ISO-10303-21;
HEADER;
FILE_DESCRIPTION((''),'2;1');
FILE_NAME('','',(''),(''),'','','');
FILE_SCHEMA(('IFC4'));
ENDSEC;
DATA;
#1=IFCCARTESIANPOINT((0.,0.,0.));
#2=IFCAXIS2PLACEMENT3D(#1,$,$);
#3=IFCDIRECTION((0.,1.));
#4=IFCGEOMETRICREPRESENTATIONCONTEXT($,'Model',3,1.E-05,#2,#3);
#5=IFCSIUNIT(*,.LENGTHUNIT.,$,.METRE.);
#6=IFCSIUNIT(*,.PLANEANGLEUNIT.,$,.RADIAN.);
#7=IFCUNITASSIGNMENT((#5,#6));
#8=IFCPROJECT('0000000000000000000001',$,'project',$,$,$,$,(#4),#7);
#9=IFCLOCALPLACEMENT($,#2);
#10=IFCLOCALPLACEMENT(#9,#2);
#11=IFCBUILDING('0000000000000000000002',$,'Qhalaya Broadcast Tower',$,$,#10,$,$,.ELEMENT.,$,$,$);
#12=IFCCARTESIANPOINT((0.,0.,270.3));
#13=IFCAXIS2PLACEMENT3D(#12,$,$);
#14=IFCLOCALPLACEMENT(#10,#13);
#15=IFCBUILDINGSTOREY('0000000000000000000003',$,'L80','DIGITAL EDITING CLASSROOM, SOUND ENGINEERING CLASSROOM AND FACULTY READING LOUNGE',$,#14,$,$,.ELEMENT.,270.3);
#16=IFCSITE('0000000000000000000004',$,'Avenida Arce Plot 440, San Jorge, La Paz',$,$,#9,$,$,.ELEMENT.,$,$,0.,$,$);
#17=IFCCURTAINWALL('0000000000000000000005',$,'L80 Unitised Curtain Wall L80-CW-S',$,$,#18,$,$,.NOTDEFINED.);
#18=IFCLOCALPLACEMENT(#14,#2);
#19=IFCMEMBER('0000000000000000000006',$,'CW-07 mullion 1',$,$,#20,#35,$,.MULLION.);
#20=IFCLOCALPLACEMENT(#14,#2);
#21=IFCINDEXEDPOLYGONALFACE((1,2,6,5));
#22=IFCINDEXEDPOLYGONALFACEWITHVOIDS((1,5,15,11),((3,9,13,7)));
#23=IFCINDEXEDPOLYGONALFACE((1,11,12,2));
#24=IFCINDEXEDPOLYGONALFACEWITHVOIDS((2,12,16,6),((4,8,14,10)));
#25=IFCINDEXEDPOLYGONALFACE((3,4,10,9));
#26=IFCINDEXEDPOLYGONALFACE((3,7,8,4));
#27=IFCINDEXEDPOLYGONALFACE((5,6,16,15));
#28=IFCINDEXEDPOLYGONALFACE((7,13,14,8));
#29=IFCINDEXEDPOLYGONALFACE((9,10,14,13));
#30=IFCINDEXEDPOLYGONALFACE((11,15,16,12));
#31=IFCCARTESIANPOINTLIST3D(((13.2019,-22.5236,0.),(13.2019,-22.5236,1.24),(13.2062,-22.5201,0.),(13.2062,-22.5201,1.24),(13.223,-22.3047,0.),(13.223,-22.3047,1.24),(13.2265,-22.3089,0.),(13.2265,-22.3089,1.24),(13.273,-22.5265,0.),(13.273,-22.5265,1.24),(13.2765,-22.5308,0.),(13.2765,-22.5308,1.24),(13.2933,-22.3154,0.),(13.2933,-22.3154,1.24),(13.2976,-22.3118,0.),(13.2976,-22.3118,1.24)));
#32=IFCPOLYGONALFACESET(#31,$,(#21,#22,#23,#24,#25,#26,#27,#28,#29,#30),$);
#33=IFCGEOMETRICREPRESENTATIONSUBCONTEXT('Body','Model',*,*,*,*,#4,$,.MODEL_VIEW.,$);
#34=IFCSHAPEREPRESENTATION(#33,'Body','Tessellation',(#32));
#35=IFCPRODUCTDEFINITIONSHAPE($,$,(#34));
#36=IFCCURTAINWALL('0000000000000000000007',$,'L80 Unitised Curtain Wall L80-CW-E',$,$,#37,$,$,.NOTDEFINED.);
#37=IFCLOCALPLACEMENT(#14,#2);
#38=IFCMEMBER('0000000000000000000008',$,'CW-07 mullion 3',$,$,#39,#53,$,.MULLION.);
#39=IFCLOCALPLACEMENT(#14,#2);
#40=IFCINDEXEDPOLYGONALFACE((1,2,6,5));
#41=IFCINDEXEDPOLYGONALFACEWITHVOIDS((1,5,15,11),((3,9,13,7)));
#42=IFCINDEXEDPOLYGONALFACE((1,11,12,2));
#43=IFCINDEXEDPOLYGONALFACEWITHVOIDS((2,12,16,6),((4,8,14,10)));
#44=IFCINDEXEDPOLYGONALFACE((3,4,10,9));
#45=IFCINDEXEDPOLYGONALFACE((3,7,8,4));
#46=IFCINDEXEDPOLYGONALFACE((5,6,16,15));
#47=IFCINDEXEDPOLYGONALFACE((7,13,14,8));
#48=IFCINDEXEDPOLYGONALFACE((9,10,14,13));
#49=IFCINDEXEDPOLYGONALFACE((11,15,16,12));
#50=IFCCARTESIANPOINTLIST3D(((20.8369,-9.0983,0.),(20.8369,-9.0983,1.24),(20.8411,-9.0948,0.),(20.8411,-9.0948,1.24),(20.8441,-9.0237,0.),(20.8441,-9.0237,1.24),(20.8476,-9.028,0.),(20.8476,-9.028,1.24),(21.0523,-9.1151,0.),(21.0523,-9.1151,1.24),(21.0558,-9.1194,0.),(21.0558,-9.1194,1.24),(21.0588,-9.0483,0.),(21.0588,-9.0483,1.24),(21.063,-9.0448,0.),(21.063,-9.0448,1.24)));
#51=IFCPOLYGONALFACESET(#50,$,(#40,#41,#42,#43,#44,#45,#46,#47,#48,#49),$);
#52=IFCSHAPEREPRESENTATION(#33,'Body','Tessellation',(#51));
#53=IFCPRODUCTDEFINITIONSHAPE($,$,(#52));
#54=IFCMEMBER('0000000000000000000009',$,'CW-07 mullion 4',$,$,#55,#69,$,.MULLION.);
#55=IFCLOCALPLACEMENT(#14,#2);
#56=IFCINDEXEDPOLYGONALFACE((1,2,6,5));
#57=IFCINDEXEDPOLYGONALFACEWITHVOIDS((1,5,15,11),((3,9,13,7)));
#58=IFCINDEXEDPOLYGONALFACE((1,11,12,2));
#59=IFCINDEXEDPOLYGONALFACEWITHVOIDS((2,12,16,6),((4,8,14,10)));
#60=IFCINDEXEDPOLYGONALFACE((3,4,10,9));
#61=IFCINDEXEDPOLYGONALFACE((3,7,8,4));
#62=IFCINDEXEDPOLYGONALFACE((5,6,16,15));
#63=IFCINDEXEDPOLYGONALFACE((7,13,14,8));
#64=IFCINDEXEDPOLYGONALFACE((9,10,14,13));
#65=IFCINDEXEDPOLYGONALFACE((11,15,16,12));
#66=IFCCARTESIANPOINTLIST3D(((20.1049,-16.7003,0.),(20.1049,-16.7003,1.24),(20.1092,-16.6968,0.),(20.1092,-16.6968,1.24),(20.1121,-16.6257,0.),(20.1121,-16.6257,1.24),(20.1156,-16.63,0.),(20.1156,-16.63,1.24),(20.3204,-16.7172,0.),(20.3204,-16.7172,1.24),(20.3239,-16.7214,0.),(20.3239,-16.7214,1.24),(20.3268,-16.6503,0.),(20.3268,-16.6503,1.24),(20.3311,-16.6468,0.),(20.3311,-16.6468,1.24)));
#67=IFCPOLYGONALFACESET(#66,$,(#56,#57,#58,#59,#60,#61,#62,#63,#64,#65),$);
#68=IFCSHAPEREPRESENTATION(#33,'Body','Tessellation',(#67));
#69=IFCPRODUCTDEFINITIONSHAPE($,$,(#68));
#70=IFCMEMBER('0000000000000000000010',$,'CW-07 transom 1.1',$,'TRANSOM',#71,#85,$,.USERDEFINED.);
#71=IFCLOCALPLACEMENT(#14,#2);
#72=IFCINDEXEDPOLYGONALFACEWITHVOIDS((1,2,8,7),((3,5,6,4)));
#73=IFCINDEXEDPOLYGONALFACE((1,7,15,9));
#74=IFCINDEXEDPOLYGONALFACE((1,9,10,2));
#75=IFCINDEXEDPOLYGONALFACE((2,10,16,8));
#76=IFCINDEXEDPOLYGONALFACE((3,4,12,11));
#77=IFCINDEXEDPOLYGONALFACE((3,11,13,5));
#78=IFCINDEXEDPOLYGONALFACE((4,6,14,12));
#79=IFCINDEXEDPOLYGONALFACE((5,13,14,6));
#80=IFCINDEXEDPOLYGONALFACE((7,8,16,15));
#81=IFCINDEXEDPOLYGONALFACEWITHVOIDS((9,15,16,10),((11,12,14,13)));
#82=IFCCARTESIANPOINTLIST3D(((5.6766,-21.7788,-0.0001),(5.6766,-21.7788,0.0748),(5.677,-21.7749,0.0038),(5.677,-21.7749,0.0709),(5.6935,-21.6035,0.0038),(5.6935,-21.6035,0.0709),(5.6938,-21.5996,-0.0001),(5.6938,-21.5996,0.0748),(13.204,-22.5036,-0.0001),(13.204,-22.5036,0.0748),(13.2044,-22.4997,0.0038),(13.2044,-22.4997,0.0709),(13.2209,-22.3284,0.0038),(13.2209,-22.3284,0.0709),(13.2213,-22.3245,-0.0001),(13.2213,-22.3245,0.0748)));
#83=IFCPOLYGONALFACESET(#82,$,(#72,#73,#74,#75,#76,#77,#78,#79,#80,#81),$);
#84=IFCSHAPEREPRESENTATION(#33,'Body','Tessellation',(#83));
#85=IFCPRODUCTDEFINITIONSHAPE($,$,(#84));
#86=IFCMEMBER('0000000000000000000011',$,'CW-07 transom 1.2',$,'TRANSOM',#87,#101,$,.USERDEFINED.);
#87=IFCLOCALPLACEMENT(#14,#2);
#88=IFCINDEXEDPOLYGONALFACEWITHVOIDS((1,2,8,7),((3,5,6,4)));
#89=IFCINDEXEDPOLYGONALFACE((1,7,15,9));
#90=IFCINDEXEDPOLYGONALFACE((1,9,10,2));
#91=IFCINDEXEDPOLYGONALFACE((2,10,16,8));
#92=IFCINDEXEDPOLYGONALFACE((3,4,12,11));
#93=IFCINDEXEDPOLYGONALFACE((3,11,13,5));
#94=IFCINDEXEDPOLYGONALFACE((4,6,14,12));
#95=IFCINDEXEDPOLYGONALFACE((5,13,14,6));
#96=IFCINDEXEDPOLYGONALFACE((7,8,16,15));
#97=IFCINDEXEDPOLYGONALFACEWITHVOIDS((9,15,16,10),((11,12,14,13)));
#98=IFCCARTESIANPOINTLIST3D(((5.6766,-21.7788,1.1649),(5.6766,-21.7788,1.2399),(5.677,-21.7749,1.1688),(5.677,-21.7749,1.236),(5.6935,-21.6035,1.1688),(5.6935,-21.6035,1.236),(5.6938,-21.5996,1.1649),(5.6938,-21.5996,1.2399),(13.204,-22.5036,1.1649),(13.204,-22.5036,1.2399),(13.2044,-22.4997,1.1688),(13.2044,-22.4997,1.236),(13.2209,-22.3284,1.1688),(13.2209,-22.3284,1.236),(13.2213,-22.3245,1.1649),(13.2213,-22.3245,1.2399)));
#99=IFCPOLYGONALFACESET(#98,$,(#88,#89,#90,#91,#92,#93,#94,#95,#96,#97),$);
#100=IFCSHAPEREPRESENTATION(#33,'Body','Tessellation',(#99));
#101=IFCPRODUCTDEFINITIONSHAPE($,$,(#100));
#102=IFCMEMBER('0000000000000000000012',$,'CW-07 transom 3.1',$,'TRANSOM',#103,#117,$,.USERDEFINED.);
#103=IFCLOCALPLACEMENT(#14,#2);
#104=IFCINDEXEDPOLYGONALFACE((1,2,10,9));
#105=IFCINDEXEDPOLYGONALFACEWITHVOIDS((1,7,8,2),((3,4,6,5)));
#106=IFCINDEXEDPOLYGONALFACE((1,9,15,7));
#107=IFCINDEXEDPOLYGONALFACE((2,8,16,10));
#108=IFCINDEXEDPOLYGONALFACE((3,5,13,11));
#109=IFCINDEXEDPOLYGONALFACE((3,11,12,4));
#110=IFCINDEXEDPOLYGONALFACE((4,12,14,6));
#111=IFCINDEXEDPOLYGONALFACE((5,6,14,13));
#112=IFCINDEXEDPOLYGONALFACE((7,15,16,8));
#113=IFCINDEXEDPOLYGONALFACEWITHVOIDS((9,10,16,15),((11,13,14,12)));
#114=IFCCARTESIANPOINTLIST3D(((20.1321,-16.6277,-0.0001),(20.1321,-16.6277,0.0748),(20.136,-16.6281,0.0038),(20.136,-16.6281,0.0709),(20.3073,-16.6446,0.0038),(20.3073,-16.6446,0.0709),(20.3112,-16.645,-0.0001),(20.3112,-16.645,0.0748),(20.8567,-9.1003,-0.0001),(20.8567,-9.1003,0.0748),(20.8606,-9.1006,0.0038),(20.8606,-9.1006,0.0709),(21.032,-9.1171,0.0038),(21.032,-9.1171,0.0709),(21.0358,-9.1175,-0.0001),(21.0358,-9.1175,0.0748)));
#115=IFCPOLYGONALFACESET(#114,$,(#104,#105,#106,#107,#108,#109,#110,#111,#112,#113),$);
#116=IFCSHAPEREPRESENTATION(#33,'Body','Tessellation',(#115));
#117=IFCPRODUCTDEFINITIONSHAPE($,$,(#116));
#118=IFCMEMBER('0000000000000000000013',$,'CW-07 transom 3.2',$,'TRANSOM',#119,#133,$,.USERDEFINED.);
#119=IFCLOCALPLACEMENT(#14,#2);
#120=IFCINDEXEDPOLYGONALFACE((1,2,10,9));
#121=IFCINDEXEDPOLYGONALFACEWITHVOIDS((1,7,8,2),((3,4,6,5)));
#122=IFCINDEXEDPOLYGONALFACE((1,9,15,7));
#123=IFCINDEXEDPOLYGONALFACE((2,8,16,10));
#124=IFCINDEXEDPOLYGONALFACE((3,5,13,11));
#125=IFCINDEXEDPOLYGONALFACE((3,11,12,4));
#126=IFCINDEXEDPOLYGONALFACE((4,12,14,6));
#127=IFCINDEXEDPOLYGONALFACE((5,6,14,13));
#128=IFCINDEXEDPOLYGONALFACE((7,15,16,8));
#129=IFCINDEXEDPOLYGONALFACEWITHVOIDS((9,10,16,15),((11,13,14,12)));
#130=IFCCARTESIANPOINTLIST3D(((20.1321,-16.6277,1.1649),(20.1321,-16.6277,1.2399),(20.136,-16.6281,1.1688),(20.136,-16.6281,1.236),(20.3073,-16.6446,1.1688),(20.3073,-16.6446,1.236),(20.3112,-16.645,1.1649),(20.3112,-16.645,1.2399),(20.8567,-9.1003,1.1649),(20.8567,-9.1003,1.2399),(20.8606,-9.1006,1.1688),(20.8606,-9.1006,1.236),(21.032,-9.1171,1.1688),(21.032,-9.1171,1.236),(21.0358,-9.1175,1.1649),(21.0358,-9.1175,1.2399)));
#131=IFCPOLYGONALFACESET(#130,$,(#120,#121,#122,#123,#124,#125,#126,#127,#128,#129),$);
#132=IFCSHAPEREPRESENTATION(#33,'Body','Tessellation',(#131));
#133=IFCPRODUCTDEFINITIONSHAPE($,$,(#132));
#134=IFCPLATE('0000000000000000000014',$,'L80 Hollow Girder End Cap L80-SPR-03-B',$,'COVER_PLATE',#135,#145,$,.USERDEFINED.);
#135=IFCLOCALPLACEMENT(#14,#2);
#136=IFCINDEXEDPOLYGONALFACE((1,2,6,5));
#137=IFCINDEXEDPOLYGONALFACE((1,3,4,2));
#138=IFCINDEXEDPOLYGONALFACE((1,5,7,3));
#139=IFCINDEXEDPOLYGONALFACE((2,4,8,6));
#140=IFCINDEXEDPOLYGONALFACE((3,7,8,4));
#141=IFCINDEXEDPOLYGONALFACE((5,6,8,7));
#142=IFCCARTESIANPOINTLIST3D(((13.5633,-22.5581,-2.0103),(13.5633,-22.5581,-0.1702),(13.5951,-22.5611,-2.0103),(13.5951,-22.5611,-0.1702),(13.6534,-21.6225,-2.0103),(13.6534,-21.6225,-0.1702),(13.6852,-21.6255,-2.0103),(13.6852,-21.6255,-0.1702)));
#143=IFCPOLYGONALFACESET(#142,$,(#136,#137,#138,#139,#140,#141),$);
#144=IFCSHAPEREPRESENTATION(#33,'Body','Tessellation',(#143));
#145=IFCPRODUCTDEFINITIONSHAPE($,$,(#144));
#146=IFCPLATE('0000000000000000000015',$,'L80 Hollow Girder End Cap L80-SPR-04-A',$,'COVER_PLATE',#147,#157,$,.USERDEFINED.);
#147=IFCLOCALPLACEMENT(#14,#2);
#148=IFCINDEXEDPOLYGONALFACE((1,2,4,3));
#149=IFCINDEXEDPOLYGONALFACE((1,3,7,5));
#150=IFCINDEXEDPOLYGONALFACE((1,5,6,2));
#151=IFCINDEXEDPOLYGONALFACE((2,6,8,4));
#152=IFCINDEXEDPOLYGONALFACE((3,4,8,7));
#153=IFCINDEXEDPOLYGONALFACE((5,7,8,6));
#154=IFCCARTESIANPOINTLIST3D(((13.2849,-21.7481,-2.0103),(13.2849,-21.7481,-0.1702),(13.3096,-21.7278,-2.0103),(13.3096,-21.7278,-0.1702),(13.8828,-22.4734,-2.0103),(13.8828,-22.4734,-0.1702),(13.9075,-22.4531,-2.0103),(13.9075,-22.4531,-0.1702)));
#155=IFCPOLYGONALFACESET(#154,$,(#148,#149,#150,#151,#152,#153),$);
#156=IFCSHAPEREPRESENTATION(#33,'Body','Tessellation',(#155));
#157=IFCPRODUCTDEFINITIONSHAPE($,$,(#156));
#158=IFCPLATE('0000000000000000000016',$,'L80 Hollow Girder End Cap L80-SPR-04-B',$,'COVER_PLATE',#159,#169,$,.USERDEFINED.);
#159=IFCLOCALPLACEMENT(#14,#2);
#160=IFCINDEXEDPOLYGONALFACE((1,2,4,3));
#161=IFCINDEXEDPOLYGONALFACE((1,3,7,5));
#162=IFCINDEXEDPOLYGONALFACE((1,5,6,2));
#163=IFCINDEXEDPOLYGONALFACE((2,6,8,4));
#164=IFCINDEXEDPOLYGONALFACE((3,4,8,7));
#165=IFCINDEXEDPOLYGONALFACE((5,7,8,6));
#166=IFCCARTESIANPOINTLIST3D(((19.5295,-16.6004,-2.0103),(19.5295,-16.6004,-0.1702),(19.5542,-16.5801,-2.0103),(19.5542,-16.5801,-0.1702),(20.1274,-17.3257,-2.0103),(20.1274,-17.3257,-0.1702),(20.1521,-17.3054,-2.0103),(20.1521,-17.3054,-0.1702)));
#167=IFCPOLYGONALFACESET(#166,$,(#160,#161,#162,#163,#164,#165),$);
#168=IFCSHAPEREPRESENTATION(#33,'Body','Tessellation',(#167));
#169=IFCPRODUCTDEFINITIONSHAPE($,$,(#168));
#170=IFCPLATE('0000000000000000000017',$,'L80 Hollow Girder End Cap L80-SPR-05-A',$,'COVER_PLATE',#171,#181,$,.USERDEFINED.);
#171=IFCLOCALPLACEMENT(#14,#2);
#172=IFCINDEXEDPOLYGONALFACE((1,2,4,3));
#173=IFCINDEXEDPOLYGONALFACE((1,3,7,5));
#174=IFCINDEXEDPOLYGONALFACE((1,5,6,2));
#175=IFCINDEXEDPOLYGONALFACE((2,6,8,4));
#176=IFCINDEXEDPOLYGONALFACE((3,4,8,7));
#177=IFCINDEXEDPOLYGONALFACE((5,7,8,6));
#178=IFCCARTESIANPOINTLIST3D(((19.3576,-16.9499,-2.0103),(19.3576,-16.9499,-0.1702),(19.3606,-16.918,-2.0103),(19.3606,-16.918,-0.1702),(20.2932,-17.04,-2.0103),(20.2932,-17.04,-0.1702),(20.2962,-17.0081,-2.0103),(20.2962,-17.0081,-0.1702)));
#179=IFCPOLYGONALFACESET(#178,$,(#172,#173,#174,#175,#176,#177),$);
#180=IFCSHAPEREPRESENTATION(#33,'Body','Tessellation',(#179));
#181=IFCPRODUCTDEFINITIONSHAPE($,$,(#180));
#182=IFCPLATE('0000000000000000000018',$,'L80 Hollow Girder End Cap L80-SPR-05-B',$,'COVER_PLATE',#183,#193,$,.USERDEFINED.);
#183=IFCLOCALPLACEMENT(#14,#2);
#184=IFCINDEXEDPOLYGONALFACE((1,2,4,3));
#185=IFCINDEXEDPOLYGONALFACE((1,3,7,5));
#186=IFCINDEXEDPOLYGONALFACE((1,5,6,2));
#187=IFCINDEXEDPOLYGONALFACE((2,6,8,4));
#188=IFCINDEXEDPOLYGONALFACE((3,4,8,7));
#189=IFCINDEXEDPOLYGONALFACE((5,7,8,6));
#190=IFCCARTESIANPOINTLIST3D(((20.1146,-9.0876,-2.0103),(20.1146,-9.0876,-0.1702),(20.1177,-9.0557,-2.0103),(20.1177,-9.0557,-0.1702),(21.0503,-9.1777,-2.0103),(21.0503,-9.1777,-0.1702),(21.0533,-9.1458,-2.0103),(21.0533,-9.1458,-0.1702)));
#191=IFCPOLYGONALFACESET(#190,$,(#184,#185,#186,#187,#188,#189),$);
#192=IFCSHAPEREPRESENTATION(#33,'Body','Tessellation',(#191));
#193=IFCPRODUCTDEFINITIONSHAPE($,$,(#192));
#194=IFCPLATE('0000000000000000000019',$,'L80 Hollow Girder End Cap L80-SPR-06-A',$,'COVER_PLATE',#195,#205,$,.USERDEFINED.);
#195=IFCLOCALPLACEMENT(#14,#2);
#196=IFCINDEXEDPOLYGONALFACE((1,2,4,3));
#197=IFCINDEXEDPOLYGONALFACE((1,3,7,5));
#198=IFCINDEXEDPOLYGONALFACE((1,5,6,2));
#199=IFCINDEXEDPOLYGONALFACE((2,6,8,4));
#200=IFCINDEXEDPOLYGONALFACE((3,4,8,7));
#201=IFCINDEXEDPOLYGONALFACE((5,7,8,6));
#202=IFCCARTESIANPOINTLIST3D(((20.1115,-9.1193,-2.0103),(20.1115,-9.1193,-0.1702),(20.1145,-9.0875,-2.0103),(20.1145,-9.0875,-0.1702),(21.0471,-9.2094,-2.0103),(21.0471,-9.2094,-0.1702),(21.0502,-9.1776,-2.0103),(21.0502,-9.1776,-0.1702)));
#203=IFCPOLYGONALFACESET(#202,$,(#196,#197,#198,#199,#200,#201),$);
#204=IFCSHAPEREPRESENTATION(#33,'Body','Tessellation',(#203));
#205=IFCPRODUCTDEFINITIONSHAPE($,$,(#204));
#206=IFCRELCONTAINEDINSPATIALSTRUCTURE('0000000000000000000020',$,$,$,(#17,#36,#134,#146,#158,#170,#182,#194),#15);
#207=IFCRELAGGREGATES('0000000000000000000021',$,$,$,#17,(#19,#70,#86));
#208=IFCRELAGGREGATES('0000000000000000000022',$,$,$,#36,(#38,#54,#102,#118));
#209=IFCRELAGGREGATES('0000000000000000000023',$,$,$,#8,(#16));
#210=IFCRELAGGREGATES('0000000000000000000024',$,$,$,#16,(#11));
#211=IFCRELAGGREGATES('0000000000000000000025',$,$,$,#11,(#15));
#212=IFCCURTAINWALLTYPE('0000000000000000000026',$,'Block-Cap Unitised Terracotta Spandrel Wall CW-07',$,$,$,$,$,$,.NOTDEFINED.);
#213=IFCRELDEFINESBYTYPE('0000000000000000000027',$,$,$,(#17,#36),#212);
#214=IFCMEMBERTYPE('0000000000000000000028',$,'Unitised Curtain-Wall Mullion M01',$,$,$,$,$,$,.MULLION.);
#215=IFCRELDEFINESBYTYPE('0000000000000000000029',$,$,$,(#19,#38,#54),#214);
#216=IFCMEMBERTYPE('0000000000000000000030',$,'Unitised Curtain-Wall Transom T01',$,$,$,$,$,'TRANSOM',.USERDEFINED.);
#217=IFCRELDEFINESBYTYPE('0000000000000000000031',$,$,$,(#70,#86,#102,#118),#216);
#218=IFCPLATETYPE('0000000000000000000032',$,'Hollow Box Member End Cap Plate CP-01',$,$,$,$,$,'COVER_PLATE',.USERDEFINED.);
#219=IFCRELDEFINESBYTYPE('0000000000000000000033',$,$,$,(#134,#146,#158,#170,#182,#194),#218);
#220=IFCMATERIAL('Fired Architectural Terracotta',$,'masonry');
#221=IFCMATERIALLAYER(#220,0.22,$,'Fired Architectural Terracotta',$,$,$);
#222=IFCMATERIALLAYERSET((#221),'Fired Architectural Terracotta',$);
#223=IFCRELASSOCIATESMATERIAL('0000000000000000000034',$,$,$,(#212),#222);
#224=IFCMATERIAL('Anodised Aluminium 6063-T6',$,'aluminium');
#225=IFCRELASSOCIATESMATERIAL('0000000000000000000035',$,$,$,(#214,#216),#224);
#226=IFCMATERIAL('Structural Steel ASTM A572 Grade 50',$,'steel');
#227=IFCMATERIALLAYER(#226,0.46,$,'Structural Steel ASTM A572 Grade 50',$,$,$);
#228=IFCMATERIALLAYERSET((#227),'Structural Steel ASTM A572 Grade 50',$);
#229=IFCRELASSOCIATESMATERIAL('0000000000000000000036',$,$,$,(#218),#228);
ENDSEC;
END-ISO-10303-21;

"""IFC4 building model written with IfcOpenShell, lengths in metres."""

from ifc_helpers import new_model, si_unit, direction, frame, origin, origin_2d, place, context, subcontext, project, spatial, rectangle, hollow_rectangle, extrude, material, layer, layer_set, material_profile, profile_set, type_object, element, aggregate, save


model = new_model("IFC4")

# Units and contexts
model_context = context("Model", 3, precision=1e-05, world=origin(), true_north=direction((0.0, 1.0)))
body_context = subcontext(model_context, "Body", "Model", "MODEL_VIEW")
ifc_project = project(units=[si_unit("LENGTHUNIT", "METRE"), si_unit("PLANEANGLEUNIT", "RADIAN")], contexts=[model_context])

# Site, building, storey
site_placement = place(None, origin())
site = spatial("IfcSite", under=ifc_project, at=site_placement, Name="Avenida Arce Plot 440, San Jorge, La Paz", CompositionType="ELEMENT", RefElevation=0.0)
building_placement = place(site_placement, origin())
building = spatial("IfcBuilding", under=site, at=building_placement, Name="Qhalaya Broadcast Tower", CompositionType="ELEMENT")
storey_placement = place(building_placement, frame((0.0, 0.0, 270.3)))
storey = spatial("IfcBuildingStorey", under=building, at=storey_placement, Name="L80", Description="DIGITAL EDITING CLASSROOM, SOUND ENGINEERING CLASSROOM AND FACULTY READING LOUNGE", CompositionType="ELEMENT", Elevation=270.3)

# Shared definitions
ifc_material_1 = material(Name="Structural Steel ASTM A572 Grade 50", Category="steel")

# Curtain wall, member
ifc_material_2 = material(Name="Fired Architectural Terracotta", Category="masonry")
ifc_layer_1 = layer(ifc_material_2, 0.22, Name="Fired Architectural Terracotta")
ifc_layer_set_1 = layer_set([ifc_layer_1], Name="Fired Architectural Terracotta")
curtain_wall_type = type_object("IfcCurtainWallType", Name="Block-Cap Unitised Terracotta Spandrel Wall CW-07", PredefinedType="NOTDEFINED", material=ifc_layer_set_1)
curtain_wall_1_placement = place(storey_placement, origin())
curtain_wall_1 = element("IfcCurtainWall", 1, at=curtain_wall_1_placement, inside=storey, type_object=curtain_wall_type, Name="L80 Unitised Curtain Wall L80-CW-S", PredefinedType="NOTDEFINED")
ifc_material_3 = material(Name="Anodised Aluminium 6063-T6", Category="aluminium")
ifc_material_profile_1 = material_profile(ifc_material_3, hollow_rectangle(XDim=0.075, YDim=0.22, WallThickness=0.0039, at=origin_2d()), Name="ALU-MUL 75x220x4")
ifc_profile_set_1 = profile_set([ifc_material_profile_1], Name="Anodised Aluminium 6063-T6")
member_type_1 = type_object("IfcMemberType", Name="Unitised Curtain-Wall Mullion M01", PredefinedType="MULLION", material=ifc_profile_set_1)
member_1_placement = place(storey_placement, frame((13.2498, -22.4177, 0.0), z_axis=(0.0, 0.0, 1.0), x_axis=(-0.995396, 0.095848, 0.0)))
member_1 = element("IfcMember", 2, at=member_1_placement, type_object=member_type_1, Name="CW-07 mullion 1", PredefinedType="MULLION", context=body_context, shape_type="SweptSolid", body=[
    extrude(hollow_rectangle(XDim=0.075, YDim=0.22, WallThickness=0.0039, at=origin_2d()), origin(), (0.0, 0.0, 1.0), 1.24),
])

# Curtain wall, members
curtain_wall_2_placement = place(storey_placement, origin())
curtain_wall_2 = element("IfcCurtainWall", 3, at=curtain_wall_2_placement, inside=storey, type_object=curtain_wall_type, Name="L80 Unitised Curtain Wall L80-CW-E", PredefinedType="NOTDEFINED")
member_2_placement = place(storey_placement, frame((20.95, -9.0715, 0.0), z_axis=(0.0, 0.0, 1.0), x_axis=(-0.095848, -0.995396, 0.0)))
member_2 = element("IfcMember", 4, at=member_2_placement, type_object=member_type_1, Name="CW-07 mullion 3", PredefinedType="MULLION", context=body_context, shape_type="SweptSolid", body=[
    extrude(hollow_rectangle(XDim=0.075, YDim=0.22, WallThickness=0.0039, at=origin_2d()), origin(), (0.0, 0.0, 1.0), 1.24),
])
member_3_placement = place(storey_placement, frame((20.218, -16.6736, 0.0), z_axis=(0.0, 0.0, 1.0), x_axis=(-0.095848, -0.995396, 0.0)))
member_3 = element("IfcMember", 5, at=member_3_placement, type_object=member_type_1, Name="CW-07 mullion 4", PredefinedType="MULLION", context=body_context, shape_type="SweptSolid", body=[
    extrude(hollow_rectangle(XDim=0.075, YDim=0.22, WallThickness=0.0039, at=origin_2d()), origin(), (0.0, 0.0, 1.0), 1.24),
])

# Members
ifc_material_profile_2 = material_profile(ifc_material_3, hollow_rectangle(XDim=0.075, YDim=0.1799, WallThickness=0.0039, at=origin_2d()), Name="ALU-TRN 75x180x4")
ifc_profile_set_2 = profile_set([ifc_material_profile_2], Name="Anodised Aluminium 6063-T6")
member_type_2 = type_object("IfcMemberType", Name="Unitised Curtain-Wall Transom T01", ElementType="TRANSOM", PredefinedType="USERDEFINED", material=ifc_profile_set_2)
member_4_placement = place(storey_placement, frame((13.2126, -22.4141, 0.0374), z_axis=(-0.995396, 0.095853, 0.0), x_axis=(0.0, 0.0, 1.0)))
member_4 = element("IfcMember", 6, at=member_4_placement, type_object=member_type_2, Name="CW-07 transom 1.1", ObjectType="TRANSOM", PredefinedType="USERDEFINED", context=body_context, shape_type="SweptSolid", body=[
    extrude(hollow_rectangle(XDim=0.075, YDim=0.1799, WallThickness=0.0039, at=origin_2d()), origin(), (0.0, 0.0, 1.0), 7.5623),
])
member_5_placement = place(storey_placement, frame((13.2126, -22.4141, 1.2024), z_axis=(-0.995396, 0.095853, 0.0), x_axis=(0.0, 0.0, 1.0)))
member_5 = element("IfcMember", 7, at=member_5_placement, type_object=member_type_2, Name="CW-07 transom 1.2", ObjectType="TRANSOM", PredefinedType="USERDEFINED", context=body_context, shape_type="SweptSolid", body=[
    extrude(hollow_rectangle(XDim=0.075, YDim=0.1799, WallThickness=0.0039, at=origin_2d()), origin(), (0.0, 0.0, 1.0), 7.5623),
])
member_6_placement = place(storey_placement, frame((20.9463, -9.1089, 0.0374), z_axis=(-0.095821, -0.995399, 0.0), x_axis=(0.0, 0.0, 1.0)))
member_6 = element("IfcMember", 8, at=member_6_placement, type_object=member_type_2, Name="CW-07 transom 3.1", ObjectType="TRANSOM", PredefinedType="USERDEFINED", context=body_context, shape_type="SweptSolid", body=[
    extrude(hollow_rectangle(XDim=0.075, YDim=0.1799, WallThickness=0.0039, at=origin_2d()), origin(), (0.0, 0.0, 1.0), 7.5623),
])
member_7_placement = place(storey_placement, frame((20.9463, -9.1089, 1.2024), z_axis=(-0.095821, -0.995399, 0.0), x_axis=(0.0, 0.0, 1.0)))
member_7 = element("IfcMember", 9, at=member_7_placement, type_object=member_type_2, Name="CW-07 transom 3.2", ObjectType="TRANSOM", PredefinedType="USERDEFINED", context=body_context, shape_type="SweptSolid", body=[
    extrude(hollow_rectangle(XDim=0.075, YDim=0.1799, WallThickness=0.0039, at=origin_2d()), origin(), (0.0, 0.0, 1.0), 7.5623),
])

# Plates
ifc_layer_2 = layer(ifc_material_1, 0.46, Name="Structural Steel ASTM A572 Grade 50")
ifc_layer_set_2 = layer_set([ifc_layer_2], Name="Structural Steel ASTM A572 Grade 50")
plate_type_1 = type_object("IfcPlateType", Name="Hollow Box Member End Cap Plate CP-01", ElementType="COVER_PLATE", PredefinedType="USERDEFINED", material=ifc_layer_set_2)
for number, where, z_axis, x_axis, name in (
    (10, (13.6243, -22.0918, -2.0103), (0.0, 0.0, 1.0), (0.095846, 0.995396, 0.0), "L80 Hollow Girder End Cap L80-SPR-03-B"),
    (11, (13.5962, -22.1006, -2.0103), (0.0, 0.0, 1.0), (-0.636078, 0.771625, 0.0), "L80 Hollow Girder End Cap L80-SPR-04-A"),
    (12, (19.8408, -16.9529, -2.0103), (0.0, 0.0, 1.0), (-0.636078, 0.771625, 0.0), "L80 Hollow Girder End Cap L80-SPR-04-B"),
    (13, (19.8269, -16.979, -2.0103), (0.0, 0.0, 1.0), (-0.995398, 0.095828, 0.0), "L80 Hollow Girder End Cap L80-SPR-05-A"),
    (14, (20.584, -9.1167, -2.0103), (0.0, 0.0, 1.0), (-0.995398, 0.095828, 0.0), "L80 Hollow Girder End Cap L80-SPR-05-B"),
    (15, (20.5808, -9.1484, -2.0103), (0.0, 0.0, 1.0), (-0.995396, 0.095846, 0.0), "L80 Hollow Girder End Cap L80-SPR-06-A"),
):
    element("IfcPlate", number, at=place(storey_placement, frame(where, z_axis=z_axis, x_axis=x_axis)), inside=storey, type_object=plate_type_1, Name=name, ObjectType="COVER_PLATE", PredefinedType="USERDEFINED", context=body_context, shape_type="SweptSolid", body=[
        extrude(rectangle(XDim=0.9399, YDim=0.032, at=origin_2d()), origin(), (0.0, 0.0, 1.0), 1.8401),
    ])

aggregate(curtain_wall_1, [member_1, member_4, member_5])
aggregate(curtain_wall_2, [member_2, member_3, member_6, member_7])

save(model, "model.ifc")
